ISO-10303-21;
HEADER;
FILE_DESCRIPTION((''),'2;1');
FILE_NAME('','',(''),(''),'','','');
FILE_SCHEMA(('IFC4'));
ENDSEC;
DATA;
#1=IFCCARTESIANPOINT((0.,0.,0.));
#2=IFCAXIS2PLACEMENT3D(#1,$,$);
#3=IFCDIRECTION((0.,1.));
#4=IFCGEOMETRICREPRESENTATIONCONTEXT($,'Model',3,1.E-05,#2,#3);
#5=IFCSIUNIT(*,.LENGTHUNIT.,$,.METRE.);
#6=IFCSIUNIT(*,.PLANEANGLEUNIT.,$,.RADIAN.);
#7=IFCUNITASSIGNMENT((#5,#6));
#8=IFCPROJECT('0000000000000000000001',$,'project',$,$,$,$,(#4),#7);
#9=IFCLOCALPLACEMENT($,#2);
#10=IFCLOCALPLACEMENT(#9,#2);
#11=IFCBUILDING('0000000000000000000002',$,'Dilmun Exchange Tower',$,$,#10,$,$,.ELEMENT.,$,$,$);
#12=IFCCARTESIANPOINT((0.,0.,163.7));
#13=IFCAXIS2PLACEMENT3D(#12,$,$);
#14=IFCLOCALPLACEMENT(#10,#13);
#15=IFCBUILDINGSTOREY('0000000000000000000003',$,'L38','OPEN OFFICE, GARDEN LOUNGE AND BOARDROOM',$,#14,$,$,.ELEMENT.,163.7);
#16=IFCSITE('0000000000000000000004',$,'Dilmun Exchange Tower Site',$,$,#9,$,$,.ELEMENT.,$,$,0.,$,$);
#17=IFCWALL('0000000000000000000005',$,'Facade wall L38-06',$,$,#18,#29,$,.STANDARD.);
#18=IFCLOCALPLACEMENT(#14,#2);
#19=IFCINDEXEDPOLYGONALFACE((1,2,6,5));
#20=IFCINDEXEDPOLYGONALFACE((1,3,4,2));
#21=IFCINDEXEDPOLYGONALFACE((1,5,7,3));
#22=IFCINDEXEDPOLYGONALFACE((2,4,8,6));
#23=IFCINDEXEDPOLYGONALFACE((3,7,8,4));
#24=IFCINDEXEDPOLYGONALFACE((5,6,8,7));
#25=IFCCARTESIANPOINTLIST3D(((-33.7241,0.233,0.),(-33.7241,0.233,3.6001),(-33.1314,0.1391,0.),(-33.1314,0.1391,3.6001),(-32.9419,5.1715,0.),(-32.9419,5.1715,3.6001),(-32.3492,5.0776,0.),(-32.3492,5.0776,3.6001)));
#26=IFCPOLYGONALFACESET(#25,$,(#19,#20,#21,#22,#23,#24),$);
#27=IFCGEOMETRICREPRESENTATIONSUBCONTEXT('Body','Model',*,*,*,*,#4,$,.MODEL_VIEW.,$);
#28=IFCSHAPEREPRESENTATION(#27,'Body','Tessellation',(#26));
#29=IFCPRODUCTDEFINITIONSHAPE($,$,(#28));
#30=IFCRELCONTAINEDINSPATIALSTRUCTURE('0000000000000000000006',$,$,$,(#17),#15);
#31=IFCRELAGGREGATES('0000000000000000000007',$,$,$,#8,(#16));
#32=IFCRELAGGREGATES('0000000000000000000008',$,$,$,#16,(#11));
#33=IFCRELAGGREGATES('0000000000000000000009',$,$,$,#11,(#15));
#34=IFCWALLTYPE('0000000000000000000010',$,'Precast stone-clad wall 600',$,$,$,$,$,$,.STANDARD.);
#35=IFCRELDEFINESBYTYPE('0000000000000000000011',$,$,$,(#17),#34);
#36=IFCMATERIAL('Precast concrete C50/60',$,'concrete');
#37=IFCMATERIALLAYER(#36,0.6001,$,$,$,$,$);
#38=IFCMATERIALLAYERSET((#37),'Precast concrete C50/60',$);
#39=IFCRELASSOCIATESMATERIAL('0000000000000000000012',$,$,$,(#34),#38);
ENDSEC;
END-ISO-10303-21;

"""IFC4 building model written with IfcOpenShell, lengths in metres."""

from ifc_helpers import new_model, si_unit, direction, frame, frame_2d, origin, place, context, subcontext, project, spatial, rectangle, extrude, material, layer, layer_set, type_object, element, save


model = new_model("IFC4")

# Units and contexts
model_context = context("Model", 3, precision=1e-05, world=origin(), true_north=direction((0.0, 1.0)))
body_context = subcontext(model_context, "Body", "Model", "MODEL_VIEW")
ifc_project = project(units=[si_unit("LENGTHUNIT", "METRE"), si_unit("PLANEANGLEUNIT", "RADIAN")], contexts=[model_context])

# Site, building, storey
site_placement = place(None, origin())
site = spatial("IfcSite", under=ifc_project, at=site_placement, Name="Dilmun Exchange Tower Site", CompositionType="ELEMENT", RefElevation=0.0)
building_placement = place(site_placement, origin())
building = spatial("IfcBuilding", under=site, at=building_placement, Name="Dilmun Exchange Tower", CompositionType="ELEMENT")
storey_placement = place(building_placement, frame((0.0, 0.0, 163.7)))
storey = spatial("IfcBuildingStorey", under=building, at=storey_placement, Name="L38", Description="OPEN OFFICE, GARDEN LOUNGE AND BOARDROOM", CompositionType="ELEMENT", Elevation=163.7)

# Wall
ifc_material_1 = material(Name="Precast concrete C50/60", Category="concrete")
ifc_layer_1 = layer(ifc_material_1, 0.6001)
ifc_layer_set_1 = layer_set([ifc_layer_1], Name="Precast concrete C50/60")
wall_type_1 = type_object("IfcWallType", Name="Precast stone-clad wall 600", PredefinedType="STANDARD", material=ifc_layer_set_1)
wall_1_placement = place(storey_placement, frame((-32.6455, 5.1245, 0.0), z_axis=(0.0, 0.0, 1.0), x_axis=(-0.156444, -0.987687, 0.0)))
element("IfcWall", 1, at=wall_1_placement, inside=storey, type_object=wall_type_1, Name="Facade wall L38-06", PredefinedType="STANDARD", context=body_context, shape_type="SweptSolid", body=[
    extrude(rectangle(XDim=5.0, YDim=0.6001, at=frame_2d((2.5, 0.0))), origin(), (0.0, 0.0, 1.0), 3.6001),
])

save(model, "model.ifc")
